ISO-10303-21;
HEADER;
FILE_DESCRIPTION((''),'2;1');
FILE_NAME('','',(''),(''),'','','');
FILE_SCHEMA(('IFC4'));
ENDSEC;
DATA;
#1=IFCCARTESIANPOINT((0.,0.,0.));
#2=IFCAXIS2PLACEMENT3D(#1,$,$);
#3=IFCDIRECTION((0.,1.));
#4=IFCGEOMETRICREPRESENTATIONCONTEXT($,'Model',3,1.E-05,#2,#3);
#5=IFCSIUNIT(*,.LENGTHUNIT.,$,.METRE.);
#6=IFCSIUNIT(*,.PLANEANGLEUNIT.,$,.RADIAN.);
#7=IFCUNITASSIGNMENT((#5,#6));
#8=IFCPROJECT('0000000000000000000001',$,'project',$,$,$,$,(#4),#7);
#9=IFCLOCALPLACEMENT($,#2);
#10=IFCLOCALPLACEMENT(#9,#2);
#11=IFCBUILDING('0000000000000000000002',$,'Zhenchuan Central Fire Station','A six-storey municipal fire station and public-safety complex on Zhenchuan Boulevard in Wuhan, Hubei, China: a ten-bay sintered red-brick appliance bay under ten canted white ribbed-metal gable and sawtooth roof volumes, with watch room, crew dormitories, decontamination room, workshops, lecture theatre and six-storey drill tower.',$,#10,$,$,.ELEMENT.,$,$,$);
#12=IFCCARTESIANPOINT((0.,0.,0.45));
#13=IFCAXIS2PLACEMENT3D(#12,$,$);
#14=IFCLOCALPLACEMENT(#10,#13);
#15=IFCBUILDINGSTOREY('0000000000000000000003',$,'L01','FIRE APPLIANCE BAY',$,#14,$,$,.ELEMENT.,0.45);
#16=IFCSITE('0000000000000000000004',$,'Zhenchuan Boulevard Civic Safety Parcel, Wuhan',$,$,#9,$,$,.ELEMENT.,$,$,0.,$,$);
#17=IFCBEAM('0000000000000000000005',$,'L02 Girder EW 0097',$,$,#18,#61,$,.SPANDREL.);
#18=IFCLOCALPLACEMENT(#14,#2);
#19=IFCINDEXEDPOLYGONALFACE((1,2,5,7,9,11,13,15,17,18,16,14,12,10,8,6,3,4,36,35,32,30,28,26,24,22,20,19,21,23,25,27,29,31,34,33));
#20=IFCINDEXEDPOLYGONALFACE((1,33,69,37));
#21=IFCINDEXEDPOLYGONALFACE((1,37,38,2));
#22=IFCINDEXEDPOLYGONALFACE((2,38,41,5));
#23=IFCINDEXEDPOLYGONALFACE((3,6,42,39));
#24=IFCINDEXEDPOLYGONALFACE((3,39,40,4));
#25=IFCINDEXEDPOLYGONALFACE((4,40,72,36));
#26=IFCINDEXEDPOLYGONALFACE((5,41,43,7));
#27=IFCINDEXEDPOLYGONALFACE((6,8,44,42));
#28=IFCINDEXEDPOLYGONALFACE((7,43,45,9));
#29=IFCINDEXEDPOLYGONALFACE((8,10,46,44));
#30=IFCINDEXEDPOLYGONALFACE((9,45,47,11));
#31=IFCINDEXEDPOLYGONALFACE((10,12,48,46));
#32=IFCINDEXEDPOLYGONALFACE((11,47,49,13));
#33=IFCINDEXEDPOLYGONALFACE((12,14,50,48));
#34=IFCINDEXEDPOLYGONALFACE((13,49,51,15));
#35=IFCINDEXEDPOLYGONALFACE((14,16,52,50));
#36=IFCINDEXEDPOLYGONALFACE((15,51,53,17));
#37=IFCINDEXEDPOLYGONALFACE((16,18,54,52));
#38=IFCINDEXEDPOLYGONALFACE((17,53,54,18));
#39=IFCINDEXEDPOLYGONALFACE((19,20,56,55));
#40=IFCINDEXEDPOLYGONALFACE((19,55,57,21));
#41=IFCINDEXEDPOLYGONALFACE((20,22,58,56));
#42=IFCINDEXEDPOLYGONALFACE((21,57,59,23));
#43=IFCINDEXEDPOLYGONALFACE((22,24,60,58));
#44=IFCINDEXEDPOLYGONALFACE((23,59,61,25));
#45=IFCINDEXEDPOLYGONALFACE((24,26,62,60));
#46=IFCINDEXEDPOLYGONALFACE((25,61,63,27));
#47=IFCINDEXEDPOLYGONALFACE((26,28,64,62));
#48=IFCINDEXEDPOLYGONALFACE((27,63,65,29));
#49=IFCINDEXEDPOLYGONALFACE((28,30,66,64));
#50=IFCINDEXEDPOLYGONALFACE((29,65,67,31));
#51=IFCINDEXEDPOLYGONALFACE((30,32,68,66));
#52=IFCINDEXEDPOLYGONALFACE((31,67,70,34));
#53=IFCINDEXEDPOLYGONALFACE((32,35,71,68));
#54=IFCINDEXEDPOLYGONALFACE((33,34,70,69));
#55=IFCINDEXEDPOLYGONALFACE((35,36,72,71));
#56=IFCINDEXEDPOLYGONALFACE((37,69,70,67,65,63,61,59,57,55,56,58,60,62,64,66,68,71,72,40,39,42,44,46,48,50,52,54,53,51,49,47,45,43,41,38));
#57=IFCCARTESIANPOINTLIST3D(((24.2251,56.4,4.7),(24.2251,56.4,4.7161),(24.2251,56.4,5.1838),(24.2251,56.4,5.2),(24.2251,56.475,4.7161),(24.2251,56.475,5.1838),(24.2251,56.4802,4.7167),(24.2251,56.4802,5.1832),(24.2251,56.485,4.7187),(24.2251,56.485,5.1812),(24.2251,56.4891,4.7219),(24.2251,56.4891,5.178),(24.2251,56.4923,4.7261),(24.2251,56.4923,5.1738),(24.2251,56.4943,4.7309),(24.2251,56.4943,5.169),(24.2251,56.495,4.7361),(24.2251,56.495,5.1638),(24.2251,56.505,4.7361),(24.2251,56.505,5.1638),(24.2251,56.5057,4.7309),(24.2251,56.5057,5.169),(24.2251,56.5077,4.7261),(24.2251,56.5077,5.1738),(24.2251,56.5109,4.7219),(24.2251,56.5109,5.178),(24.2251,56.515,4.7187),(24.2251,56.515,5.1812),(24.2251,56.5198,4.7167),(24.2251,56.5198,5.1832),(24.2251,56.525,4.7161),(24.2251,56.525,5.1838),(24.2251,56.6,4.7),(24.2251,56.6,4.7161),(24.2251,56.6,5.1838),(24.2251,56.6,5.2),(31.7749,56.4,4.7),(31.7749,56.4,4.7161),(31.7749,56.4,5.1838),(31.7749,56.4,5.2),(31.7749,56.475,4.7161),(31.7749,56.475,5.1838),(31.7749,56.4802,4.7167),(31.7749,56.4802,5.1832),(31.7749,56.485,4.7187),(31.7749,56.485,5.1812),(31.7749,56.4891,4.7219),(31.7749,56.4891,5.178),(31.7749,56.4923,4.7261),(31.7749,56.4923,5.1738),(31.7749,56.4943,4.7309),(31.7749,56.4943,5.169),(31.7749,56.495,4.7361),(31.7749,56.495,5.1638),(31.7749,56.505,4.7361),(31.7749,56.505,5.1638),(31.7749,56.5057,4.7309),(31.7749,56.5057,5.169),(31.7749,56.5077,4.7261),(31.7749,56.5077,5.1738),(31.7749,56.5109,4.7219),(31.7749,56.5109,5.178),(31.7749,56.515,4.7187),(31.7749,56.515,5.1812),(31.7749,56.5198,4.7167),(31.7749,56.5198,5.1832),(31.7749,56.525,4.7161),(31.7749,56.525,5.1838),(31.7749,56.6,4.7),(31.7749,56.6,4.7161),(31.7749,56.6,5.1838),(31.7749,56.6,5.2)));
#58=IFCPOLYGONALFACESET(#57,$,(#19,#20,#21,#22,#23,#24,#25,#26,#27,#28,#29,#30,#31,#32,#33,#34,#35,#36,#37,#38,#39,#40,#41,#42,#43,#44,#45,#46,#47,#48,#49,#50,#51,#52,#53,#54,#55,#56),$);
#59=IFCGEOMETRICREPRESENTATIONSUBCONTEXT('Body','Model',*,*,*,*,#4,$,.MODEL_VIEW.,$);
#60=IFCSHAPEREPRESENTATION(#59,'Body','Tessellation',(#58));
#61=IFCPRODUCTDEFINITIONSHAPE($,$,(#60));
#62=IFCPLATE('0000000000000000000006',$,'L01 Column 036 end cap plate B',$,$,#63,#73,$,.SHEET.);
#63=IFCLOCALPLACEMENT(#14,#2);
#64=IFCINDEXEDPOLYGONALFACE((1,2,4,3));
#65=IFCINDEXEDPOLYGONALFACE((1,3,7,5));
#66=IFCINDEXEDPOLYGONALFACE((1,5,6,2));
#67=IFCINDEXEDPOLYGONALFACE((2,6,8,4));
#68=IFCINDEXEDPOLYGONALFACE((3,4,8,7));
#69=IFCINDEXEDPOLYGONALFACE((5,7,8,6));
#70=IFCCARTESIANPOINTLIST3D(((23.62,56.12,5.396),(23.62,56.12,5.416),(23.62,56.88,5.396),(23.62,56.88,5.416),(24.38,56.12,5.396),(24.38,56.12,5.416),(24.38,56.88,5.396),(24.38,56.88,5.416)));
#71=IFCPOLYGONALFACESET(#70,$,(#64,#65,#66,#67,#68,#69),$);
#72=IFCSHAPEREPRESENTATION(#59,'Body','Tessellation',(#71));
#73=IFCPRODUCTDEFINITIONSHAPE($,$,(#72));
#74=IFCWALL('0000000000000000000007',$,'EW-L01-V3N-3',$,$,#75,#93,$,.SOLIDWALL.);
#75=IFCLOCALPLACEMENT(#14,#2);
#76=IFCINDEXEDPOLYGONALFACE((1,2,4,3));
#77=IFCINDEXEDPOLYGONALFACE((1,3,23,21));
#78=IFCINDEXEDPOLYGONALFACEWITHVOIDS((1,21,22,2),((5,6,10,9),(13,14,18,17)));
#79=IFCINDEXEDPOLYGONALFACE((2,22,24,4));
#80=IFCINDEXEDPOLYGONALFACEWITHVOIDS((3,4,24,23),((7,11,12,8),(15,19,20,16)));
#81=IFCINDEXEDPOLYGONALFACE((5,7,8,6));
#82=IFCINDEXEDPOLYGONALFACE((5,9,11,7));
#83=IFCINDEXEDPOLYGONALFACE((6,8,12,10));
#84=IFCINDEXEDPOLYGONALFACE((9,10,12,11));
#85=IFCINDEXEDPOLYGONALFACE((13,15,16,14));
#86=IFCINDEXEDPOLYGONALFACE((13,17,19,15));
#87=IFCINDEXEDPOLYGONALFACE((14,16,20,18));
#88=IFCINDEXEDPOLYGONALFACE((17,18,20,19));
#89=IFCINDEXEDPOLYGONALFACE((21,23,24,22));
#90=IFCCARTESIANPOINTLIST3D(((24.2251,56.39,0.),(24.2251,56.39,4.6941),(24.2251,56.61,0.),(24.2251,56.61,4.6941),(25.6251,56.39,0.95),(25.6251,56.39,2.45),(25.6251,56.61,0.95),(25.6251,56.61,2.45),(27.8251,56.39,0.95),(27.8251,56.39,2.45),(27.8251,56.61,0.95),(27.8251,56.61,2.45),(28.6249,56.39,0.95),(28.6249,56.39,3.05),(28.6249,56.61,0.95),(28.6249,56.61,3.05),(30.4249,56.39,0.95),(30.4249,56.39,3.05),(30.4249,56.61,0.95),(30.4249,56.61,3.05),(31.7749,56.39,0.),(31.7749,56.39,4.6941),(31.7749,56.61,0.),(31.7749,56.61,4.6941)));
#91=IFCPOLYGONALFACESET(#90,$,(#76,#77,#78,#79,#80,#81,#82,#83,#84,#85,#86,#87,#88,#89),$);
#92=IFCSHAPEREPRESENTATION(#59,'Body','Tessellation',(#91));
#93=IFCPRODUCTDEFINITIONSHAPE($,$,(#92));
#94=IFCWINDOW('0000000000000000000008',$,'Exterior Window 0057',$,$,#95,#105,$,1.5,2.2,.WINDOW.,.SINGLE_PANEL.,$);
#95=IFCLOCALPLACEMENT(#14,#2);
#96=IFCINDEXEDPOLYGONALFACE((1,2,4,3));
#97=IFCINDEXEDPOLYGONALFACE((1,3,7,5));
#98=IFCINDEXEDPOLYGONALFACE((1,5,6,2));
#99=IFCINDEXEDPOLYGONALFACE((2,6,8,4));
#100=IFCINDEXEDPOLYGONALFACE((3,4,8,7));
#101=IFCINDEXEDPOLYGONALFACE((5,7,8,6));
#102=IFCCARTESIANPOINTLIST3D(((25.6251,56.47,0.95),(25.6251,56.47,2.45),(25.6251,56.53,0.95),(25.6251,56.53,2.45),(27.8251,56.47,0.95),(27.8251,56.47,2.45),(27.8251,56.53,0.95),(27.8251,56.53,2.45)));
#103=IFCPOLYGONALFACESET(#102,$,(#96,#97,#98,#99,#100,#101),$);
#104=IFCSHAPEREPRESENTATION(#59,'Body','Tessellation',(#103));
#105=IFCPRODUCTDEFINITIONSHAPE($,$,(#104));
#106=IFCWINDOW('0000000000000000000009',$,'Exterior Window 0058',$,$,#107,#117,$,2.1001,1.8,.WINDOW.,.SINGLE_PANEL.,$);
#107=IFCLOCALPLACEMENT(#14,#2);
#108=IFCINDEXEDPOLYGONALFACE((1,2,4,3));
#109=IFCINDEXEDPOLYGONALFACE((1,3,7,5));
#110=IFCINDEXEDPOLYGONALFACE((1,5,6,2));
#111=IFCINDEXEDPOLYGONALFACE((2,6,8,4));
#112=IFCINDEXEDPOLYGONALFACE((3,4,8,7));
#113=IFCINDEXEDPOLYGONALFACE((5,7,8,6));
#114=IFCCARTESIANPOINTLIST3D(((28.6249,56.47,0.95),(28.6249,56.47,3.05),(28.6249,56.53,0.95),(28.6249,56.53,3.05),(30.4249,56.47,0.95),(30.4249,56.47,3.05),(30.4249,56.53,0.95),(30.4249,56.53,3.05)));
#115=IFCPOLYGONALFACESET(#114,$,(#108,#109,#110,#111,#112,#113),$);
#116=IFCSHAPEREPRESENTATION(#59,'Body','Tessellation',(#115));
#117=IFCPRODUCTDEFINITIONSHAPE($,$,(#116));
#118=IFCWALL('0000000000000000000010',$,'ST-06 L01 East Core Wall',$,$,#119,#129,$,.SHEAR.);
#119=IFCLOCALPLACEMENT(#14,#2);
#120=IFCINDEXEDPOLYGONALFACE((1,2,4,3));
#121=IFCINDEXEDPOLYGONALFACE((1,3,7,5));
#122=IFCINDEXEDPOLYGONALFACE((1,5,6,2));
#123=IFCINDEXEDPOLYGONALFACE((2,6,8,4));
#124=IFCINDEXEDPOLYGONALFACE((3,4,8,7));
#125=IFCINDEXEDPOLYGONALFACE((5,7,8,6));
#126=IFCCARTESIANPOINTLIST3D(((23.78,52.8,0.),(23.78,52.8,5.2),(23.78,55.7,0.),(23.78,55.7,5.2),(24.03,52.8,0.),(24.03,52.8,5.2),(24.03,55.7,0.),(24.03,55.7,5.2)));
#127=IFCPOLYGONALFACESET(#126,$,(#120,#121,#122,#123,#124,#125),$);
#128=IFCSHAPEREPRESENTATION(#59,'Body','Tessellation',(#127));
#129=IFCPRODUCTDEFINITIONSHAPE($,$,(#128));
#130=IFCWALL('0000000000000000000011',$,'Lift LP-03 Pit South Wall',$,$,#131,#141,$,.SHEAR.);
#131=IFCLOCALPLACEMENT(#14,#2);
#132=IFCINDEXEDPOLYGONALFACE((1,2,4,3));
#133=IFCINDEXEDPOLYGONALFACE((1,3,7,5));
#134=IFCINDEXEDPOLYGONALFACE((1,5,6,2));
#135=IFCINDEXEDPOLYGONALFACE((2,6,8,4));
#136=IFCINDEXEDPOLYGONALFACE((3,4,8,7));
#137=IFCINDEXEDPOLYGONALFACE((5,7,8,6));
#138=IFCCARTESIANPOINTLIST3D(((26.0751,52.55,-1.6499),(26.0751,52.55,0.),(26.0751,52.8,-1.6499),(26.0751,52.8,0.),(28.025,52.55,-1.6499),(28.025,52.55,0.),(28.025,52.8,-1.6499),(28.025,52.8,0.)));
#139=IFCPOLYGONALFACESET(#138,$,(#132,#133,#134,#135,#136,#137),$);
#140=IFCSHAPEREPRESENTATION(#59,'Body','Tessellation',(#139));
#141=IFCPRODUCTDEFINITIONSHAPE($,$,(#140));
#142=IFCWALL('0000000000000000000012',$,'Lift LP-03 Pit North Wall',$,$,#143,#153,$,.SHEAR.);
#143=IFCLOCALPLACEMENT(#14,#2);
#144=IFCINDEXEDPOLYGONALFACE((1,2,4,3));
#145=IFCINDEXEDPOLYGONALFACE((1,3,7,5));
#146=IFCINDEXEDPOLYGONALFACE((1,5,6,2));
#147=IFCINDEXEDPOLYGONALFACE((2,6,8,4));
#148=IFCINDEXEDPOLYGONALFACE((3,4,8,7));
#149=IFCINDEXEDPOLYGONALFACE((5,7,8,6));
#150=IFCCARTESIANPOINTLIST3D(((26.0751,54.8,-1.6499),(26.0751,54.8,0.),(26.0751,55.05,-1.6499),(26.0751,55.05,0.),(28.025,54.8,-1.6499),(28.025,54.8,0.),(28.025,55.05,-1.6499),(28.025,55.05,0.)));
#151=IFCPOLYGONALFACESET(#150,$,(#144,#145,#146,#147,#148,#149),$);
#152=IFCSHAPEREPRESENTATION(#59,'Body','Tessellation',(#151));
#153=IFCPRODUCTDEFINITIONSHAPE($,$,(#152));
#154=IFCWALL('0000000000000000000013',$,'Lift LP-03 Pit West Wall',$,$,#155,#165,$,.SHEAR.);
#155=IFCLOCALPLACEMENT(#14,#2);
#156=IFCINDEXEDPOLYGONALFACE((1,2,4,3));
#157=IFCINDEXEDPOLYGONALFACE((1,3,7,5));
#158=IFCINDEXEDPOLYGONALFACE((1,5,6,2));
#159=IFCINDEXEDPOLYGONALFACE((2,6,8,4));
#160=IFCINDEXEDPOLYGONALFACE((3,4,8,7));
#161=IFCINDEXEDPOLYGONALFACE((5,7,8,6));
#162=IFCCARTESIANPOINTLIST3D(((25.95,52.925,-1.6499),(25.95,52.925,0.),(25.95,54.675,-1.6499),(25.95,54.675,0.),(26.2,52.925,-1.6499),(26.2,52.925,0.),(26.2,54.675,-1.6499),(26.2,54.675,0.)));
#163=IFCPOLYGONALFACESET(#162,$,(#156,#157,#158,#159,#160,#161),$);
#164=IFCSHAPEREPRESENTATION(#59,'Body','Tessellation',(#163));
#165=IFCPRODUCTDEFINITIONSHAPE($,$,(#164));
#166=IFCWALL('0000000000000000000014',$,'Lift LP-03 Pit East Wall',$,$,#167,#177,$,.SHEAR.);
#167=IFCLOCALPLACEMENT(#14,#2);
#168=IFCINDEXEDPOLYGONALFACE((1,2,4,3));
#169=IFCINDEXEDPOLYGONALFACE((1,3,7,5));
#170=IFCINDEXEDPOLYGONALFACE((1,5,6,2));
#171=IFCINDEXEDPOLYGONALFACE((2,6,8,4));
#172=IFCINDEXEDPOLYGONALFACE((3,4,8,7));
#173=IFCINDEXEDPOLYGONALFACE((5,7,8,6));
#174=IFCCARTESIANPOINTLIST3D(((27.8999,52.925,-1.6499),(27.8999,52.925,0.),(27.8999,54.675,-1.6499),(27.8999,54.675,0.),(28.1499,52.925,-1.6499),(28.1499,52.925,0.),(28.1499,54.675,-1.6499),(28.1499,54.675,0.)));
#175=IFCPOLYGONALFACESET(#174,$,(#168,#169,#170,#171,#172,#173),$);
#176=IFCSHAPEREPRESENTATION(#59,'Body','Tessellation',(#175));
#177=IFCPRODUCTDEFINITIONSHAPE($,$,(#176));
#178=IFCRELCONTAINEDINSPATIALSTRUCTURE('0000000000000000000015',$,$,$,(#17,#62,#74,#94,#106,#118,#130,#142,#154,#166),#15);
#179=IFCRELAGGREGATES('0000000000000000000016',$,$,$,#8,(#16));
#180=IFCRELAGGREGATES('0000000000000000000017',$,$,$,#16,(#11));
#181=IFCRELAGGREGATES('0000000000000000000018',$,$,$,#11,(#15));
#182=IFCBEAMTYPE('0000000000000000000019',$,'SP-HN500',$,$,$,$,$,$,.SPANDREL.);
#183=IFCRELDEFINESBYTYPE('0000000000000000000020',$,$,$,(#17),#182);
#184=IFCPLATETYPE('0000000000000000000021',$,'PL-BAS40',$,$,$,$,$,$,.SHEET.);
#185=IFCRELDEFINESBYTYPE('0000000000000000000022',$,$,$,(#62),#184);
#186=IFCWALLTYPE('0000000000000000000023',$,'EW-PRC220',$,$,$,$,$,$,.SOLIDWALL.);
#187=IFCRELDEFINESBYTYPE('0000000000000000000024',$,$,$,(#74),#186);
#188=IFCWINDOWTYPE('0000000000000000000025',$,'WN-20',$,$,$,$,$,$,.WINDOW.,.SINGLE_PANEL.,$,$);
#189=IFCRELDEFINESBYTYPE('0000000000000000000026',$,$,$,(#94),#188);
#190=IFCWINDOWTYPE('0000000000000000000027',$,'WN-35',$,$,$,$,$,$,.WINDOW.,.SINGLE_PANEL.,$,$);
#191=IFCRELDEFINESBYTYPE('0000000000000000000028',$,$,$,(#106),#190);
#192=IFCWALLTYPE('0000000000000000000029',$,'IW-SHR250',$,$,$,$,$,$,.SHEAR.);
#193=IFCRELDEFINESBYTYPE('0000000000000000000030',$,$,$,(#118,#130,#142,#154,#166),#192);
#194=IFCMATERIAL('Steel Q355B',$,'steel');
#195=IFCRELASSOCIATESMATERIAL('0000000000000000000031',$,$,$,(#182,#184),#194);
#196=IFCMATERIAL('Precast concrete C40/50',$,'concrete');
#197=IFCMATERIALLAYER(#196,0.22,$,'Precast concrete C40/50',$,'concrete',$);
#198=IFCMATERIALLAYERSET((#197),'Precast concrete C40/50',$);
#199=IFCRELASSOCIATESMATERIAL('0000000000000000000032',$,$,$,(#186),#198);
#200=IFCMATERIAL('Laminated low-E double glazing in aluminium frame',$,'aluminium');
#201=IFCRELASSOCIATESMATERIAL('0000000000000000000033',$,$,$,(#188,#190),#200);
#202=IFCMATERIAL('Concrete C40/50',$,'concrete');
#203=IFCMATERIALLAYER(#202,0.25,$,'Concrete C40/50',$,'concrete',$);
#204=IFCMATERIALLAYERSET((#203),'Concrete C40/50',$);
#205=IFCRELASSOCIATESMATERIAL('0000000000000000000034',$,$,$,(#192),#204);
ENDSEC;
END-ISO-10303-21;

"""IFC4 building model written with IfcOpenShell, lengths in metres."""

from ifc_helpers import new_model, si_unit, direction, frame, frame_2d, origin, origin_2d, place, context, subcontext, project, spatial, rectangle, i_section, extrude, material, layer, layer_set, material_profile, profile_set, type_object, element, fill, save


model = new_model("IFC4")

# Units and contexts
model_context = context("Model", 3, precision=1e-05, world=origin(), true_north=direction((0.0, 1.0)))
body_context = subcontext(model_context, "Body", "Model", "MODEL_VIEW")
ifc_project = project(units=[si_unit("LENGTHUNIT", "METRE"), si_unit("PLANEANGLEUNIT", "RADIAN")], contexts=[model_context])

# Site, building, storey
site_placement = place(None, origin())
site = spatial("IfcSite", under=ifc_project, at=site_placement, Name="Zhenchuan Boulevard Civic Safety Parcel, Wuhan", CompositionType="ELEMENT", RefElevation=0.0)
building_placement = place(site_placement, origin())
building = spatial("IfcBuilding", under=site, at=building_placement, Name="Zhenchuan Central Fire Station", Description="A six-storey municipal fire station and public-safety complex on Zhenchuan Boulevard in Wuhan, Hubei, China: a ten-bay sintered red-brick appliance bay under ten canted white ribbed-metal gable and sawtooth roof volumes, with watch room, crew dormitories, decontamination room, workshops, lecture theatre and six-storey drill tower.", CompositionType="ELEMENT")
storey_placement = place(building_placement, frame((0.0, 0.0, 0.45)))
storey = spatial("IfcBuildingStorey", under=building, at=storey_placement, Name="L01", Description="FIRE APPLIANCE BAY", CompositionType="ELEMENT", Elevation=0.45)

# Shared definitions
ifc_material_1 = material(Name="Concrete C40/50", Category="concrete")

# Shared definitions
ifc_material_2 = material(Name="Steel Q355B", Category="steel")

# Beam
ifc_material_profile_1 = material_profile(ifc_material_2, i_section(OverallWidth=0.2, OverallDepth=0.5, WebThickness=0.01, FlangeThickness=0.0161, FilletRadius=0.02, at=origin_2d()), Name="HN 500x200")
ifc_profile_set_1 = profile_set([ifc_material_profile_1], Name="Steel Q355B")
beam_type_1 = type_object("IfcBeamType", Name="SP-HN500", PredefinedType="SPANDREL", material=ifc_profile_set_1)
beam_1_placement = place(storey_placement, frame((24.2251, 56.5, 4.95), z_axis=(1.0, 0.0, 0.0), x_axis=(0.0, 1.0, 0.0)))
element("IfcBeam", 1, at=beam_1_placement, inside=storey, type_object=beam_type_1, Name="L02 Girder EW 0097", PredefinedType="SPANDREL", context=body_context, shape_type="SweptSolid", body=[
    extrude(i_section(OverallWidth=0.2, OverallDepth=0.5, WebThickness=0.01, FlangeThickness=0.0161, FilletRadius=0.02, at=origin_2d()), origin(), (0.0, 0.0, 1.0), 7.5498),
])

# Plate
ifc_material_profile_2 = material_profile(ifc_material_2, rectangle(XDim=0.76, YDim=0.76, at=origin_2d()), Name="PL 760x760x40")
ifc_profile_set_2 = profile_set([ifc_material_profile_2], Name="Steel Q355B")
plate_type = type_object("IfcPlateType", Name="PL-BAS40", PredefinedType="SHEET", material=ifc_profile_set_2)
plate_placement = place(storey_placement, frame((24.0, 56.5, 5.396), z_axis=(0.0, 0.0, 1.0), x_axis=(1.0, 0.0, 0.0)))
element("IfcPlate", 2, at=plate_placement, inside=storey, type_object=plate_type, Name="L01 Column 036 end cap plate B", PredefinedType="SHEET", context=body_context, shape_type="SweptSolid", body=[
    extrude(rectangle(XDim=0.76, YDim=0.76, at=origin_2d()), origin(), (0.0, 0.0, 1.0), 0.02),
])

# Wall, openings, windows
ifc_material_3 = material(Name="Precast concrete C40/50", Category="concrete")
ifc_layer_1 = layer(ifc_material_3, 0.22, Name="Precast concrete C40/50", Category="concrete")
ifc_layer_set_1 = layer_set([ifc_layer_1], Name="Precast concrete C40/50")
wall_type_1 = type_object("IfcWallType", Name="EW-PRC220", PredefinedType="SOLIDWALL", material=ifc_layer_set_1)
wall_1_placement = place(storey_placement, frame((24.2251, 56.5, 0.0), z_axis=(0.0, 0.0, 1.0), x_axis=(1.0, 0.0, 0.0)))
wall_1 = element("IfcWall", 3, at=wall_1_placement, inside=storey, type_object=wall_type_1, Name="EW-L01-V3N-3", PredefinedType="SOLIDWALL", context=body_context, shape_type="SweptSolid", body=[
    extrude(rectangle(XDim=7.5498, YDim=0.22, at=frame_2d((3.7749, 0.0))), origin(), (0.0, 0.0, 1.0), 4.6941),
])
opening_1_placement = place(wall_1_placement, frame((1.3999, 0.0, 0.95)))
opening_1 = element("IfcOpeningElement", 4, at=opening_1_placement, cuts=wall_1, PredefinedType="OPENING", context=body_context, shape_type="SweptSolid", body=[
    extrude(rectangle(XDim=2.2, YDim=1.5, at=frame_2d((1.1001, 0.75))), frame((0.0, 0.1199, 0.0), z_axis=(0.0, -1.0, 0.0), x_axis=(1.0, 0.0, 0.0)), (0.0, 0.0, 1.0), 0.24),
])
opening_2_placement = place(wall_1_placement, frame((4.3999, 0.0, 0.95)))
opening_2 = element("IfcOpeningElement", 5, at=opening_2_placement, cuts=wall_1, PredefinedType="OPENING", context=body_context, shape_type="SweptSolid", body=[
    extrude(rectangle(XDim=1.8, YDim=2.1001, at=frame_2d((0.8999, 1.05))), frame((0.0, 0.1199, 0.0), z_axis=(0.0, -1.0, 0.0), x_axis=(1.0, 0.0, 0.0)), (0.0, 0.0, 1.0), 0.24),
])
ifc_material_4 = material(Name="Laminated low-E double glazing in aluminium frame", Category="aluminium")
window_type_1 = type_object("IfcWindowType", Name="WN-20", PartitioningType="SINGLE_PANEL", PredefinedType="WINDOW", material=ifc_material_4)
window_1_placement = place(opening_1_placement, origin())
window_1 = element("IfcWindow", 6, at=window_1_placement, inside=storey, type_object=window_type_1, Name="Exterior Window 0057", OverallHeight=1.5, OverallWidth=2.2, PartitioningType="SINGLE_PANEL", PredefinedType="WINDOW", context=body_context, shape_type="SweptSolid", body=[
    extrude(rectangle(XDim=2.2, YDim=1.5, at=frame_2d((1.1001, 0.75))), frame((0.0, 0.03, 0.0), z_axis=(0.0, -1.0, 0.0), x_axis=(1.0, 0.0, 0.0)), (0.0, 0.0, 1.0), 0.0601),
])
fill(opening_1, window_1)
window_type_2 = type_object("IfcWindowType", Name="WN-35", PartitioningType="SINGLE_PANEL", PredefinedType="WINDOW", material=ifc_material_4)
window_2_placement = place(opening_2_placement, origin())
window_2 = element("IfcWindow", 7, at=window_2_placement, inside=storey, type_object=window_type_2, Name="Exterior Window 0058", OverallHeight=2.1001, OverallWidth=1.8, PartitioningType="SINGLE_PANEL", PredefinedType="WINDOW", context=body_context, shape_type="SweptSolid", body=[
    extrude(rectangle(XDim=1.8, YDim=2.1001, at=frame_2d((0.8999, 1.05))), frame((0.0, 0.03, 0.0), z_axis=(0.0, -1.0, 0.0), x_axis=(1.0, 0.0, 0.0)), (0.0, 0.0, 1.0), 0.0601),
])
fill(opening_2, window_2)

# Walls
ifc_layer_2 = layer(ifc_material_1, 0.25, Name="Concrete C40/50", Category="concrete")
ifc_layer_set_2 = layer_set([ifc_layer_2], Name="Concrete C40/50")
wall_type_2 = type_object("IfcWallType", Name="IW-SHR250", PredefinedType="SHEAR", material=ifc_layer_set_2)
wall_2_placement = place(storey_placement, frame((23.905, 52.8, 0.0), z_axis=(0.0, 0.0, 1.0), x_axis=(0.0, 1.0, 0.0)))
element("IfcWall", 8, at=wall_2_placement, inside=storey, type_object=wall_type_2, Name="ST-06 L01 East Core Wall", PredefinedType="SHEAR", context=body_context, shape_type="SweptSolid", body=[
    extrude(rectangle(XDim=2.8999, YDim=0.25, at=frame_2d((1.45, 0.0))), origin(), (0.0, 0.0, 1.0), 5.2),
])
for number, where, z_axis, x_axis, name in (
    (9, (26.075, 52.675, -1.6499), (0.0, 0.0, 1.0), (1.0, 0.0, 0.0), "Lift LP-03 Pit South Wall"),
    (10, (26.075, 54.925, -1.6499), (0.0, 0.0, 1.0), (1.0, 0.0, 0.0), "Lift LP-03 Pit North Wall"),
):
    element("IfcWall", number, at=place(storey_placement, frame(where, z_axis=z_axis, x_axis=x_axis)), inside=storey, type_object=wall_type_2, Name=name, PredefinedType="SHEAR", context=body_context, shape_type="SweptSolid", body=[
        extrude(rectangle(XDim=1.95, YDim=0.25, at=frame_2d((0.9751, 0.0))), origin(), (0.0, 0.0, 1.0), 1.6499),
    ])
for number, where, z_axis, x_axis, name in (
    (11, (26.075, 52.925, -1.6499), (0.0, 0.0, 1.0), (0.0, 1.0, 0.0), "Lift LP-03 Pit West Wall"),
    (12, (28.0249, 52.925, -1.6499), (0.0, 0.0, 1.0), (0.0, 1.0, 0.0), "Lift LP-03 Pit East Wall"),
):
    element("IfcWall", number, at=place(storey_placement, frame(where, z_axis=z_axis, x_axis=x_axis)), inside=storey, type_object=wall_type_2, Name=name, PredefinedType="SHEAR", context=body_context, shape_type="SweptSolid", body=[
        extrude(rectangle(XDim=1.75, YDim=0.25, at=frame_2d((0.875, 0.0))), origin(), (0.0, 0.0, 1.0), 1.6499),
    ])

save(model, "model.ifc")
